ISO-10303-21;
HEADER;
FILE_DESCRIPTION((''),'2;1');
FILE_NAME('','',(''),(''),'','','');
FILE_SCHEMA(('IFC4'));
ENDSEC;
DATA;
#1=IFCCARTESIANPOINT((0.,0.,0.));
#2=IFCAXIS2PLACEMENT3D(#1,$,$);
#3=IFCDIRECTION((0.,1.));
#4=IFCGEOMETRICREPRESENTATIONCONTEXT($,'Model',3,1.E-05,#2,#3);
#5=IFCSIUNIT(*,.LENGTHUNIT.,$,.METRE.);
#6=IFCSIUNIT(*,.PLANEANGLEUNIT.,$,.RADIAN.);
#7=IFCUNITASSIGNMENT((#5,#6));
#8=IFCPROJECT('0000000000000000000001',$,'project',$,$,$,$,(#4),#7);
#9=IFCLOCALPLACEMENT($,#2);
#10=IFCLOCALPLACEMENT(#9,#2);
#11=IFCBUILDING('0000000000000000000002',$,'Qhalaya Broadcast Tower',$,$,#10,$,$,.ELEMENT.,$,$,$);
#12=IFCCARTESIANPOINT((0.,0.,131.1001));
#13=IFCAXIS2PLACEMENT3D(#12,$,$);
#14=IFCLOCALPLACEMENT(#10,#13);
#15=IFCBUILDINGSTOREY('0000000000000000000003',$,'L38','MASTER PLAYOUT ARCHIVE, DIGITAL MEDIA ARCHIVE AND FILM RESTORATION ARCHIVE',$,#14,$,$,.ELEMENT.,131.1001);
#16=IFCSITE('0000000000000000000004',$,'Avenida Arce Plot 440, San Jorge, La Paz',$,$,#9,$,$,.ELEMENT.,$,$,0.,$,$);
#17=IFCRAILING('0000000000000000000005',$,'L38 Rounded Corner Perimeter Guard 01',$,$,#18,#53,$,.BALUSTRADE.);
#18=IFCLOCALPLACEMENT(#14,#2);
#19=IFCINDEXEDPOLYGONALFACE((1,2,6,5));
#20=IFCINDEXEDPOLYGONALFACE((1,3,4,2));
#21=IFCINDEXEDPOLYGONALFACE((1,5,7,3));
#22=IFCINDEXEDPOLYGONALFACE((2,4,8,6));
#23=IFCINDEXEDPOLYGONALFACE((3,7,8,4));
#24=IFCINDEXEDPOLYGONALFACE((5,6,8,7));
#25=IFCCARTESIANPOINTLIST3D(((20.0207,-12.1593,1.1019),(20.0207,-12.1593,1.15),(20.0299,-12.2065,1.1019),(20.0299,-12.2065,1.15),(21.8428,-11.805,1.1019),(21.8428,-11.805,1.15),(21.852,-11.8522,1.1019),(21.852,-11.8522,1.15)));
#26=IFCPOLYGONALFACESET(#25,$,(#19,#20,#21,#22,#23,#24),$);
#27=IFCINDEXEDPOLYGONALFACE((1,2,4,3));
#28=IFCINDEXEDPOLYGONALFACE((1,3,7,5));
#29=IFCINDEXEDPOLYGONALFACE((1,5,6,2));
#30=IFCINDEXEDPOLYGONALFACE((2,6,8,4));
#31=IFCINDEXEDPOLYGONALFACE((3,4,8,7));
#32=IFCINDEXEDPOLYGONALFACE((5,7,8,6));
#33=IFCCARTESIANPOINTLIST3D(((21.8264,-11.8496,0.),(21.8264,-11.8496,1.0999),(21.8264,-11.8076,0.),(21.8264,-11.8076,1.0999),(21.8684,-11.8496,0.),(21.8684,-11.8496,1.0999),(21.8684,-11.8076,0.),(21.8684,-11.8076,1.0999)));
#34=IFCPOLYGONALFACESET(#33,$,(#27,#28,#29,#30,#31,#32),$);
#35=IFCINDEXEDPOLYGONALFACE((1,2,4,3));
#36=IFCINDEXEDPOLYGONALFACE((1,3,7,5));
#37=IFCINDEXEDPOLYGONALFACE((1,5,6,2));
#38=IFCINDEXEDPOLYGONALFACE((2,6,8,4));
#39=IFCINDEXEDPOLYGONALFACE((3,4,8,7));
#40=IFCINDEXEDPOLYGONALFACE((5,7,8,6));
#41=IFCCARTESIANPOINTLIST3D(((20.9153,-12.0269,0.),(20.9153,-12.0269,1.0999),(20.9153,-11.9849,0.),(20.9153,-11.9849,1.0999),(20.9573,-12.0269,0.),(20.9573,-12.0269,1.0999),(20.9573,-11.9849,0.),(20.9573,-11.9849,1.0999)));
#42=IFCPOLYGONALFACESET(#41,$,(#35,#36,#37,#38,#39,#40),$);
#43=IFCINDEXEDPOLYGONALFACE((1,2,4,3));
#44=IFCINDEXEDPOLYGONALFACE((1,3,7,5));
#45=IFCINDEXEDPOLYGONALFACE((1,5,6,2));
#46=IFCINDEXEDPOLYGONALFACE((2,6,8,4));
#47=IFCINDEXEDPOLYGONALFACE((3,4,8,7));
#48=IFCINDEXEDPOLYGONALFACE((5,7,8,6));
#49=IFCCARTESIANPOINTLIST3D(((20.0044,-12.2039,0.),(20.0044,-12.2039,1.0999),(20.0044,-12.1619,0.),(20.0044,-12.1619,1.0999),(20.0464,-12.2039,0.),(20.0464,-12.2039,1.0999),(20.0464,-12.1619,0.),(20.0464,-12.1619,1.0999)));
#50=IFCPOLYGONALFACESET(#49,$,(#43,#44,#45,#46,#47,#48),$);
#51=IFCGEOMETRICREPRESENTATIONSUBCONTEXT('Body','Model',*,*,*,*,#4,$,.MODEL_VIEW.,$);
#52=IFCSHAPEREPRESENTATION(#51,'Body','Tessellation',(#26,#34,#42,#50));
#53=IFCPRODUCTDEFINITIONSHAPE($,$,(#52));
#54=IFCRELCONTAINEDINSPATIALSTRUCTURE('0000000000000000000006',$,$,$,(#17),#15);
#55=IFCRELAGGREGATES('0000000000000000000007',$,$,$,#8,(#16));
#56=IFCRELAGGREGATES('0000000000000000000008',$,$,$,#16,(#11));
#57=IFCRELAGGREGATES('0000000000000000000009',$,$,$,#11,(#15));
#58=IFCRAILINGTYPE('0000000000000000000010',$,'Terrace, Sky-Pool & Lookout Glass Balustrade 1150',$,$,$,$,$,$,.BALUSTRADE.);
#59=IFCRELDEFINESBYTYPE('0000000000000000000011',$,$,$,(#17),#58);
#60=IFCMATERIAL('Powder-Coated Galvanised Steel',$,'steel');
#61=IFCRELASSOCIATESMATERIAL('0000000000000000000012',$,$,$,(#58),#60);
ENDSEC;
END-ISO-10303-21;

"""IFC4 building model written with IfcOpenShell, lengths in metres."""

from ifc_helpers import new_model, si_unit, direction, frame, origin, origin_2d, place, context, subcontext, project, spatial, rectangle, extrude, material, type_object, element, save


model = new_model("IFC4")

# Units and contexts
model_context = context("Model", 3, precision=1e-05, world=origin(), true_north=direction((0.0, 1.0)))
body_context = subcontext(model_context, "Body", "Model", "MODEL_VIEW")
ifc_project = project(units=[si_unit("LENGTHUNIT", "METRE"), si_unit("PLANEANGLEUNIT", "RADIAN")], contexts=[model_context])

# Site, building, storey
site_placement = place(None, origin())
site = spatial("IfcSite", under=ifc_project, at=site_placement, Name="Avenida Arce Plot 440, San Jorge, La Paz", CompositionType="ELEMENT", RefElevation=0.0)
building_placement = place(site_placement, origin())
building = spatial("IfcBuilding", under=site, at=building_placement, Name="Qhalaya Broadcast Tower", CompositionType="ELEMENT")
storey_placement = place(building_placement, frame((0.0, 0.0, 131.1001)))
storey = spatial("IfcBuildingStorey", under=building, at=storey_placement, Name="L38", Description="MASTER PLAYOUT ARCHIVE, DIGITAL MEDIA ARCHIVE AND FILM RESTORATION ARCHIVE", CompositionType="ELEMENT", Elevation=131.1001)

# Railing
ifc_material_1 = material(Name="Powder-Coated Galvanised Steel", Category="steel")
railing_type = type_object("IfcRailingType", Name="Terrace, Sky-Pool & Lookout Glass Balustrade 1150", PredefinedType="BALUSTRADE", material=ifc_material_1)
railing_placement = place(storey_placement, frame((21.8474, -11.8286, 0.0)))
element("IfcRailing", 1, at=railing_placement, inside=storey, type_object=railing_type, Name="L38 Rounded Corner Perimeter Guard 01", PredefinedType="BALUSTRADE", context=body_context, shape_type="SweptSolid", body=[
    extrude(rectangle(XDim=0.0481, YDim=0.0481, at=origin_2d()), frame((0.0, 0.0, 1.126), z_axis=(-0.981619, -0.190852, 0.0), x_axis=(0.190852, -0.981619, 0.0)), (0.0, 0.0, 1.0), 1.8562),
    extrude(rectangle(XDim=0.042, YDim=0.042, at=origin_2d()), origin(), (0.0, 0.0, 1.0), 1.0999),
    extrude(rectangle(XDim=0.042, YDim=0.042, at=origin_2d()), frame((-0.9111, -0.1772, 0.0)), (0.0, 0.0, 1.0), 1.0999),
    extrude(rectangle(XDim=0.042, YDim=0.042, at=origin_2d()), frame((-1.822, -0.3542, 0.0)), (0.0, 0.0, 1.0), 1.0999),
])

save(model, "model.ifc")
